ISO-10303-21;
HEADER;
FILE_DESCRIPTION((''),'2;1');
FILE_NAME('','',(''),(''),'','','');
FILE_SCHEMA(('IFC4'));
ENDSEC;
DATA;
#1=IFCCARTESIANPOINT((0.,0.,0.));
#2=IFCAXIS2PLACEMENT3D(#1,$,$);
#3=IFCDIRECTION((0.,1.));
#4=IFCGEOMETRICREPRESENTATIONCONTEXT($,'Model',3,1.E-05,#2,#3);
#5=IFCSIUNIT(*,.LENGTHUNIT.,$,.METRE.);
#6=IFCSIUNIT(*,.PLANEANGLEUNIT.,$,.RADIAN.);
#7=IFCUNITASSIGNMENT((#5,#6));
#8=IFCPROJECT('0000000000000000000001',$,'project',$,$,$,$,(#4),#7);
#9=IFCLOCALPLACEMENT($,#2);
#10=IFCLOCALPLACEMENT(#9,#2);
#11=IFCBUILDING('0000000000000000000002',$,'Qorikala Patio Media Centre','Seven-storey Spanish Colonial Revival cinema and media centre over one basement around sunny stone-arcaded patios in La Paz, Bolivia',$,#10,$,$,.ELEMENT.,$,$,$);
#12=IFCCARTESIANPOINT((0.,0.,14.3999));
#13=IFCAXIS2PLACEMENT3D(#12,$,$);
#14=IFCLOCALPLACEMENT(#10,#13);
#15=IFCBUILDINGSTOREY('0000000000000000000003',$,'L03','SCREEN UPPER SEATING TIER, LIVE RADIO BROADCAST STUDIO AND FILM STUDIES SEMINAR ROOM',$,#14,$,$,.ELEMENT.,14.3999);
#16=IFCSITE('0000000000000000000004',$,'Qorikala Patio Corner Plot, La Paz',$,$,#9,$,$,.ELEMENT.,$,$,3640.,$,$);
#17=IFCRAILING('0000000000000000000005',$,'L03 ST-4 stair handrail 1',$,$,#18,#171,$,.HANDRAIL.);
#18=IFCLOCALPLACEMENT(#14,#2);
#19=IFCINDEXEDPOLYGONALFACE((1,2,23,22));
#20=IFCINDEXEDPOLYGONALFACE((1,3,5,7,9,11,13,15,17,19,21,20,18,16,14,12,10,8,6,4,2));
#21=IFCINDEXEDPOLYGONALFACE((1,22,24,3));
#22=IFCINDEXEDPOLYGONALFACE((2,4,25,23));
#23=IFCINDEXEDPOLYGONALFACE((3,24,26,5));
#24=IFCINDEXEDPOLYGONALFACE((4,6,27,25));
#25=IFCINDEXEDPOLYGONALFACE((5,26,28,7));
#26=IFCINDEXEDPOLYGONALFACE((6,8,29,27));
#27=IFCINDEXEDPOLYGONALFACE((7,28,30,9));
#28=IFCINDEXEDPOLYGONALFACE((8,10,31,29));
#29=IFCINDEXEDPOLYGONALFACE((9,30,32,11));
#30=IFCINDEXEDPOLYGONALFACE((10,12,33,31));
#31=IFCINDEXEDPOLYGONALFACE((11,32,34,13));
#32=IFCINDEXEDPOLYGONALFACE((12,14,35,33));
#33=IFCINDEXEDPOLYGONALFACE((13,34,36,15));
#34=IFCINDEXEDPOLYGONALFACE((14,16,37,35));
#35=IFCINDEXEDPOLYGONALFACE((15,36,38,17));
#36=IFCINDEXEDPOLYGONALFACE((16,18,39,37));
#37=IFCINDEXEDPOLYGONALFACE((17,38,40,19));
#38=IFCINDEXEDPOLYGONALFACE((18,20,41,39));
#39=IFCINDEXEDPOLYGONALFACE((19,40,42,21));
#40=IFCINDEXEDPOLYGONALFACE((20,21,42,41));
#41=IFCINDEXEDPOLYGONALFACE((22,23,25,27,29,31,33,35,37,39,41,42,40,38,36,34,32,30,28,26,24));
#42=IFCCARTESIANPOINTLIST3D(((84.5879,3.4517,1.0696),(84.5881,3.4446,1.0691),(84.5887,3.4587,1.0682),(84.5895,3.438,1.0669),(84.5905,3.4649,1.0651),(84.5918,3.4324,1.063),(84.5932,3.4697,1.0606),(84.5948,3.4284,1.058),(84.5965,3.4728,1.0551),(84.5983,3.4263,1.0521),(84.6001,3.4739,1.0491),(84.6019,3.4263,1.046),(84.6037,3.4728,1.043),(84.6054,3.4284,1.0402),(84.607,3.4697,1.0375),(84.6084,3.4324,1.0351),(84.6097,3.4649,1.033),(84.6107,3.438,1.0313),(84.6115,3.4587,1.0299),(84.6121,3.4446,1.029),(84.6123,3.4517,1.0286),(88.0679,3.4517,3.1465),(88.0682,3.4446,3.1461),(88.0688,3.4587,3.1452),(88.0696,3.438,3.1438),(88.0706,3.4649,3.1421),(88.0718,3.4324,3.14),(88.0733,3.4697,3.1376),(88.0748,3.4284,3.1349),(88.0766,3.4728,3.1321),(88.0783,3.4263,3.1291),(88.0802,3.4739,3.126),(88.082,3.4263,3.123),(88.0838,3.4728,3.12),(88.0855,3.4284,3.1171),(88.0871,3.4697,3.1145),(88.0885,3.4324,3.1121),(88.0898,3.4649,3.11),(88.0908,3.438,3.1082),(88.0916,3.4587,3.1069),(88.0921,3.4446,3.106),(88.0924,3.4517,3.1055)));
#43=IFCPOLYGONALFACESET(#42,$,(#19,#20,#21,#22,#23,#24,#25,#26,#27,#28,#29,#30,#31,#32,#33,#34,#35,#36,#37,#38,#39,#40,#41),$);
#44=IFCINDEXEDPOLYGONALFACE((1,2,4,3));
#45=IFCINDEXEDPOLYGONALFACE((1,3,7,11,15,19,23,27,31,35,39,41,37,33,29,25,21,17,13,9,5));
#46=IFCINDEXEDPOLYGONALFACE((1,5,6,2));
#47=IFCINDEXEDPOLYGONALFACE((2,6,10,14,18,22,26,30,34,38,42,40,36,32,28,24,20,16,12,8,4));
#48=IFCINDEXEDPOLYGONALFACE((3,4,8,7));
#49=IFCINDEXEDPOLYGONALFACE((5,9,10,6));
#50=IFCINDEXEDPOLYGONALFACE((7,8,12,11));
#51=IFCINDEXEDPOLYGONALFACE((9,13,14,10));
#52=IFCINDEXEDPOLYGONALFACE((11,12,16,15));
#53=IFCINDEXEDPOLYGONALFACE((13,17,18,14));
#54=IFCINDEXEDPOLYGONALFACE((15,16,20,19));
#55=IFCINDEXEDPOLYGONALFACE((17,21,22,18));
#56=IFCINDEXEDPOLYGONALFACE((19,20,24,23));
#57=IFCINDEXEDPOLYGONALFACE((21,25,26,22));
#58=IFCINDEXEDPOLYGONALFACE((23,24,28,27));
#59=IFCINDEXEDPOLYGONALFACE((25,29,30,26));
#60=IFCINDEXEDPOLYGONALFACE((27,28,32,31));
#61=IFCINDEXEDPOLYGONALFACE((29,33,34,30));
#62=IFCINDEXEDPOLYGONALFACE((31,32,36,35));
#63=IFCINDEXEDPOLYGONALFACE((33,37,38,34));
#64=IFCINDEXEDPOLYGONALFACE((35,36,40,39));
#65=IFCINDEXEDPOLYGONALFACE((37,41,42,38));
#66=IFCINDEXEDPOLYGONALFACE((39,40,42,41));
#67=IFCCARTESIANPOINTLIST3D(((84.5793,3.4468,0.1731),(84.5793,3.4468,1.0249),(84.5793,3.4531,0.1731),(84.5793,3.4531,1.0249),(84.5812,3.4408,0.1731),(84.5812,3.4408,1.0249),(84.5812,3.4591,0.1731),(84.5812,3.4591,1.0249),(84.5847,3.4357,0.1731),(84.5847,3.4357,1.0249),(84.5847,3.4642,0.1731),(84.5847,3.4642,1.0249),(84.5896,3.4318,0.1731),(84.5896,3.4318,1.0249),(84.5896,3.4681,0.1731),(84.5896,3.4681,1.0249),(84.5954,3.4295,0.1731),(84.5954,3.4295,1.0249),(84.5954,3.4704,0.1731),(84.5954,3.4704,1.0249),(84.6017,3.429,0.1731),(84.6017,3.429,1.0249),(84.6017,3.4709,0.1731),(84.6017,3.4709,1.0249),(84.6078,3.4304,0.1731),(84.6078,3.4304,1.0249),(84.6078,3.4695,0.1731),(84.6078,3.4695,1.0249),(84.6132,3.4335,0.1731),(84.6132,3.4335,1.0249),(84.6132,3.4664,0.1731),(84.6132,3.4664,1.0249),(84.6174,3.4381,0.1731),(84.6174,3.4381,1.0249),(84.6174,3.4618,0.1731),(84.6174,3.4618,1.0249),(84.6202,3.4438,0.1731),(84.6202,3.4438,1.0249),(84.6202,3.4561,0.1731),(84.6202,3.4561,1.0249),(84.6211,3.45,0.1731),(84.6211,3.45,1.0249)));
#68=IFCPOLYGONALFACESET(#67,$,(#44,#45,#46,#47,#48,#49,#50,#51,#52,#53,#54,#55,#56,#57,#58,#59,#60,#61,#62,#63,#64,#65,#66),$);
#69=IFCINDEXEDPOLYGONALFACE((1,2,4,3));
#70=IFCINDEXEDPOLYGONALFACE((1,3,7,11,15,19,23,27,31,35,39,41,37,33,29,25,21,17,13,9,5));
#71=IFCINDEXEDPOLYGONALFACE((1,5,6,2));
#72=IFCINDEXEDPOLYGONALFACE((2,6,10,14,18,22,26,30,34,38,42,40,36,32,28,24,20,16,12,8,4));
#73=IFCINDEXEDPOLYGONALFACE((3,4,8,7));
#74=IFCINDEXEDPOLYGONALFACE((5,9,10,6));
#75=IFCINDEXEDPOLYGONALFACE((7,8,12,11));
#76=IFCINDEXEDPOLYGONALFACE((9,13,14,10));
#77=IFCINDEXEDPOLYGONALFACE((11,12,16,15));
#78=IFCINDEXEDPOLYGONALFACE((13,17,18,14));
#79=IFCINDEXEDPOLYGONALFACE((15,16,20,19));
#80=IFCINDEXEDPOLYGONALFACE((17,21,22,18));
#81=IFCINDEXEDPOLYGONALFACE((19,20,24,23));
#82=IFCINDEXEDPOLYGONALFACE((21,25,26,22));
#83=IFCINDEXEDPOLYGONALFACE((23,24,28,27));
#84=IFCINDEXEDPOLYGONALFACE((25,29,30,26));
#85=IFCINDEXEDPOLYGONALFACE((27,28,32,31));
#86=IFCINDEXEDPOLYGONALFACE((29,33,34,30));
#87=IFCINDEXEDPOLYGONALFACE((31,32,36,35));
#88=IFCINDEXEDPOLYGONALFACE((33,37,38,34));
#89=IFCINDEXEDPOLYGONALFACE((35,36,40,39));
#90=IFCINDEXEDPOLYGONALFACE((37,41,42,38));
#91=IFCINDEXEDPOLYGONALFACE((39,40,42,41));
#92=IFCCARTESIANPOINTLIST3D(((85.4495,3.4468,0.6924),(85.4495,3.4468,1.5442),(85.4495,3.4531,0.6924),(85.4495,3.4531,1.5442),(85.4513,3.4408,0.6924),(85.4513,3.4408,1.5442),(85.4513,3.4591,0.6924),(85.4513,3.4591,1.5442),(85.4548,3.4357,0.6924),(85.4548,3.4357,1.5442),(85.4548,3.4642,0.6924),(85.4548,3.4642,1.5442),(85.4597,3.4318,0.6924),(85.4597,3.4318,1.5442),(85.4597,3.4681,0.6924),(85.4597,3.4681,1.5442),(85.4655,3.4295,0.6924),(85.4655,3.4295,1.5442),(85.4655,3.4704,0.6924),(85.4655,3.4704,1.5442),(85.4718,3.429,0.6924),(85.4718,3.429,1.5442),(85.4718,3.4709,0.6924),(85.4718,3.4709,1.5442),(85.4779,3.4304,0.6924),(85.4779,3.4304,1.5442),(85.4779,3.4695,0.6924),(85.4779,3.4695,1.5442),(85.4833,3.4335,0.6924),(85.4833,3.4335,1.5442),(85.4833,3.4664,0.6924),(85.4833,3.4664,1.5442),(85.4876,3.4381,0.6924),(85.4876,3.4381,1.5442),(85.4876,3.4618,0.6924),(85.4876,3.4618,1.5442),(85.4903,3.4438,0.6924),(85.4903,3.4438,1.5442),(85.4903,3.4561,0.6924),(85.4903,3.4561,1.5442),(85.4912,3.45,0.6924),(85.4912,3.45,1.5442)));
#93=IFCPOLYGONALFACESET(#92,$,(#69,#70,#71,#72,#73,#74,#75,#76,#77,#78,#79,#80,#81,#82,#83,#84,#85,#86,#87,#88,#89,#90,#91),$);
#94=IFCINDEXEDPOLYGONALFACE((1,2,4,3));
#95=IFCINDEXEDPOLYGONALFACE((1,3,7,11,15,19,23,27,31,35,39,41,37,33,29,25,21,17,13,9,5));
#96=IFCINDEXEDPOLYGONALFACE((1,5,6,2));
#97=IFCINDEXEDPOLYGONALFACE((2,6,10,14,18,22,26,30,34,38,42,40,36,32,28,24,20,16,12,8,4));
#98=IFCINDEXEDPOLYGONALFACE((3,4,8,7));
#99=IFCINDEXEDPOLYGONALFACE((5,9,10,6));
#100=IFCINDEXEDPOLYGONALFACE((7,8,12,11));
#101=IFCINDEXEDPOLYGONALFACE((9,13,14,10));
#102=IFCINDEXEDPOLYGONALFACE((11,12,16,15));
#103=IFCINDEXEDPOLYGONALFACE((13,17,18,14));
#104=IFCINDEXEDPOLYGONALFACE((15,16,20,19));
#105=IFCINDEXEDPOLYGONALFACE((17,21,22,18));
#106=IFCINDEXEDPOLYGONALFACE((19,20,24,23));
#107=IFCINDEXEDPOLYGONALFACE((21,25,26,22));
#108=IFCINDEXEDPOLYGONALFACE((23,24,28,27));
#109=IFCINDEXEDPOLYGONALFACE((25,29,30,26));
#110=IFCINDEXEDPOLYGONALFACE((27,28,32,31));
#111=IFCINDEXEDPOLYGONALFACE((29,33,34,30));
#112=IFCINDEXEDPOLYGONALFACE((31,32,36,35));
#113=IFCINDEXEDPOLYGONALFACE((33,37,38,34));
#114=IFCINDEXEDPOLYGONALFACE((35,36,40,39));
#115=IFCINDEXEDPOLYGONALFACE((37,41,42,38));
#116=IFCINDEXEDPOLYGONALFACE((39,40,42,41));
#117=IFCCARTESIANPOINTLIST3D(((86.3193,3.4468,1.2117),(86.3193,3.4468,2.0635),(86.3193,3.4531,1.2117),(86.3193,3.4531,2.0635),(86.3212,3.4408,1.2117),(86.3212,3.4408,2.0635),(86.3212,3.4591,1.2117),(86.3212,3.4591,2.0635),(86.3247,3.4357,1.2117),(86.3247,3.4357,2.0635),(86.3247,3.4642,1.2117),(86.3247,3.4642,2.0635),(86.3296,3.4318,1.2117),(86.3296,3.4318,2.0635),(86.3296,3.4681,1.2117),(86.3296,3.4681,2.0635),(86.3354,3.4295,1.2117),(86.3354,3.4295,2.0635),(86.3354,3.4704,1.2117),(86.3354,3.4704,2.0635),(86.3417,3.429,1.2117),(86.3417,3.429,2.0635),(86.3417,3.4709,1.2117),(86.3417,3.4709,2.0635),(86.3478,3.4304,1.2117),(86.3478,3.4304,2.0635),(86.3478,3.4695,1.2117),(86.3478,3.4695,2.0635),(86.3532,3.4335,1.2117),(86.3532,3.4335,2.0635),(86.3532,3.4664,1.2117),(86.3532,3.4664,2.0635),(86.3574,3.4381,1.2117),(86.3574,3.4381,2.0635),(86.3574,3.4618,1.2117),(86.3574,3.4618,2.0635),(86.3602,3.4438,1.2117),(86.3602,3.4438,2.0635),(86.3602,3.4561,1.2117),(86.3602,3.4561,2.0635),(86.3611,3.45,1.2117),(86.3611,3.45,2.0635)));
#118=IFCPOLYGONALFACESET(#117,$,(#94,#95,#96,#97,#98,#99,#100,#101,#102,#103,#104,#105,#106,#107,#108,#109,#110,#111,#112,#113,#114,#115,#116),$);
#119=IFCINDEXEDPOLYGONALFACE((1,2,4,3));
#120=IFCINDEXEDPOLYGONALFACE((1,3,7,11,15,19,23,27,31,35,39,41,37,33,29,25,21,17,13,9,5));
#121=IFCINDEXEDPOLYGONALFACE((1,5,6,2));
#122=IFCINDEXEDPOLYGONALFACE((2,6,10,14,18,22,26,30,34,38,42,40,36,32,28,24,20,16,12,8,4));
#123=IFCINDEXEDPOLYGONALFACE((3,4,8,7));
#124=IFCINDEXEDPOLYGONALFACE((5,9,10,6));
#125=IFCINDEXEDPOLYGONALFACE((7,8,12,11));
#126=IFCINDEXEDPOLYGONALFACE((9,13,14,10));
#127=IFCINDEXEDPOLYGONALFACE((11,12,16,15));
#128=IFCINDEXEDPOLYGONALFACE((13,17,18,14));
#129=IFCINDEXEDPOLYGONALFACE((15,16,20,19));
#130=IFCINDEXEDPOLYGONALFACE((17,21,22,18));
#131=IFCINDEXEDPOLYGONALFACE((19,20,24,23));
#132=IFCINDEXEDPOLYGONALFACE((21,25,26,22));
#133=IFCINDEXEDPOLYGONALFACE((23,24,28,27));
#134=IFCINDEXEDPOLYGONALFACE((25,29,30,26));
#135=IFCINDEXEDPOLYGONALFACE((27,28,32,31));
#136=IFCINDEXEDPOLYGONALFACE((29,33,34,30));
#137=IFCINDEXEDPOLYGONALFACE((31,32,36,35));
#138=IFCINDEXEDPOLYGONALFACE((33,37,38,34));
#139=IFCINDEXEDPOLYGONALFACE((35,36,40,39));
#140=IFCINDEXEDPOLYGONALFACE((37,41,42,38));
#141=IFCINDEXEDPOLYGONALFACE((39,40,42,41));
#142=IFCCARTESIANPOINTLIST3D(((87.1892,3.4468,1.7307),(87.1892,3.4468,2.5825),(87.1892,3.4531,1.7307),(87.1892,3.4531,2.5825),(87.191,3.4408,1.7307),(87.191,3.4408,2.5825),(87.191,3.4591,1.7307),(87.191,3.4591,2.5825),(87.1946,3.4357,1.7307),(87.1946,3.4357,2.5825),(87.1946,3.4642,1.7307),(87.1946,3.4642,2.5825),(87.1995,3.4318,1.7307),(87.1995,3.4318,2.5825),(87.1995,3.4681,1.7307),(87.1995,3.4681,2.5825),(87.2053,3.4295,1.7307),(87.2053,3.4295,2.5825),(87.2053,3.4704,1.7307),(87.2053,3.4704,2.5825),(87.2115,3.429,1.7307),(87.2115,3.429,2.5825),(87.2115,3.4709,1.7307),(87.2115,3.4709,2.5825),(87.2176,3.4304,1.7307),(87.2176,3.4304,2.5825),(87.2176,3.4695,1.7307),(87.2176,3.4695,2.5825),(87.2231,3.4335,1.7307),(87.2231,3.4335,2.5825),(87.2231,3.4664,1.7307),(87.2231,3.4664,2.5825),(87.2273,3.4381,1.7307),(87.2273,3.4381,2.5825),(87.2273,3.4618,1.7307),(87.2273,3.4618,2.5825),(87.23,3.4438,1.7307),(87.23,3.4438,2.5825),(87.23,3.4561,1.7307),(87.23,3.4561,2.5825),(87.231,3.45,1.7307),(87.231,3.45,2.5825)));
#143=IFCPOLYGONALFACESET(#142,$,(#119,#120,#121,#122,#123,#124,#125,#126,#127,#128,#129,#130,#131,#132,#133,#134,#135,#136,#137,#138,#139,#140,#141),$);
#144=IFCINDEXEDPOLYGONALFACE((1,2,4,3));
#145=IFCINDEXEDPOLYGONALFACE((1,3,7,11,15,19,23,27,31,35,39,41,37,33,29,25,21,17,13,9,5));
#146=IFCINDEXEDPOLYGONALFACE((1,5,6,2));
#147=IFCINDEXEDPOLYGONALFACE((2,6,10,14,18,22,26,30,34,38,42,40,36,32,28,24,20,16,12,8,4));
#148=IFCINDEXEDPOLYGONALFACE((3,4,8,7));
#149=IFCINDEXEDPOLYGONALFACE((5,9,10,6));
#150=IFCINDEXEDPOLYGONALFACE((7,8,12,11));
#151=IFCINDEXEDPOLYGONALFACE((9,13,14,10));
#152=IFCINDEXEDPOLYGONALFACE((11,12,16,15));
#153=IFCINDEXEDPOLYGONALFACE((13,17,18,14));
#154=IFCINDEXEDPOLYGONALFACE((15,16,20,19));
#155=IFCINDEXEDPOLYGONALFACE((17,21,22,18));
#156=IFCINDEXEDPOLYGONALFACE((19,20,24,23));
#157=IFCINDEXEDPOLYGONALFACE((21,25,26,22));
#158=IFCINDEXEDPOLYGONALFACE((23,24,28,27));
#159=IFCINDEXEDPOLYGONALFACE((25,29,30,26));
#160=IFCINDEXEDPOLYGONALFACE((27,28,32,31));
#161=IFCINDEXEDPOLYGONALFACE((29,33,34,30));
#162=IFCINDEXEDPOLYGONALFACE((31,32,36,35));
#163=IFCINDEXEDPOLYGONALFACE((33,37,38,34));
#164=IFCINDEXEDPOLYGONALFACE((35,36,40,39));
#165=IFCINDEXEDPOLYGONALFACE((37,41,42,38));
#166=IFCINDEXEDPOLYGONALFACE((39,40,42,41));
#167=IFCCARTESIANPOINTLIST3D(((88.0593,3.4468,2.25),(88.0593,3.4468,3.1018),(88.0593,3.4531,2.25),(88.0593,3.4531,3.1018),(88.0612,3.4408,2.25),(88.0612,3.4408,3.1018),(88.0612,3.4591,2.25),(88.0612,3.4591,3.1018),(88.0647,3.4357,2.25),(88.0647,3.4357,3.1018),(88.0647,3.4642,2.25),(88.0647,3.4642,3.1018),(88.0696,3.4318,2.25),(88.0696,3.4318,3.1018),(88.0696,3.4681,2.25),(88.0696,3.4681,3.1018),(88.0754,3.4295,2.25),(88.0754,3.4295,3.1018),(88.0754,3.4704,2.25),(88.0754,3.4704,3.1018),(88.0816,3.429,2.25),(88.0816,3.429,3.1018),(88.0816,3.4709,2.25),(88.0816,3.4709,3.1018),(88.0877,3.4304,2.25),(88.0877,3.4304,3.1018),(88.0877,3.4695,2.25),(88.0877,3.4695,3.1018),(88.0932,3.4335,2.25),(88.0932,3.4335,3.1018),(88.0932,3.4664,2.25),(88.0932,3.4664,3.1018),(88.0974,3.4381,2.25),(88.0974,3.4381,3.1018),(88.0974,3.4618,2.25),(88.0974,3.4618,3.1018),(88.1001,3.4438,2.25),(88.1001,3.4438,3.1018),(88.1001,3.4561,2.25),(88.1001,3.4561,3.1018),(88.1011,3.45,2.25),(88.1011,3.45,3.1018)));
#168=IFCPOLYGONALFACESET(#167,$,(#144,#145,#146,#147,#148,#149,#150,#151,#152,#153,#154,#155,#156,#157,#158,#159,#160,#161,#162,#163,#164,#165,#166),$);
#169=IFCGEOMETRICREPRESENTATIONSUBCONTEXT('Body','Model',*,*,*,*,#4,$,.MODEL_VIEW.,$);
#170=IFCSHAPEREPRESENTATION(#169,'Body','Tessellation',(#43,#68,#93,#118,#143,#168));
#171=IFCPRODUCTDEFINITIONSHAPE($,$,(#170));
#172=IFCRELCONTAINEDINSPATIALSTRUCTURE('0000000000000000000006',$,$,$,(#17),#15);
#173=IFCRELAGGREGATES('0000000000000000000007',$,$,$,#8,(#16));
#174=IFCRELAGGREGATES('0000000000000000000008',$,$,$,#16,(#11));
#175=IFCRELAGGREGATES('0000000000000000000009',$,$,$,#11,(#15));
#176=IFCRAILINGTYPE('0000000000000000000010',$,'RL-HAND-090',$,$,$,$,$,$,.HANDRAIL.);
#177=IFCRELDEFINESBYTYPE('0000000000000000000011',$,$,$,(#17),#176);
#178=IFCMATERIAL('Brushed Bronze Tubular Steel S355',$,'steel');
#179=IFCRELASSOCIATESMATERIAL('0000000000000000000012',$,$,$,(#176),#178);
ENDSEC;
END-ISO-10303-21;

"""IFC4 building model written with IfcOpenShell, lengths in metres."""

from ifc_helpers import new_model, si_unit, direction, frame, origin, origin_2d, place, context, subcontext, project, spatial, circle, extrude, material, type_object, element, save


model = new_model("IFC4")

# Units and contexts
model_context = context("Model", 3, precision=1e-05, world=origin(), true_north=direction((0.0, 1.0)))
body_context = subcontext(model_context, "Body", "Model", "MODEL_VIEW")
ifc_project = project(units=[si_unit("LENGTHUNIT", "METRE"), si_unit("PLANEANGLEUNIT", "RADIAN")], contexts=[model_context])

# Site, building, storey
site_placement = place(None, origin())
site = spatial("IfcSite", under=ifc_project, at=site_placement, Name="Qorikala Patio Corner Plot, La Paz", CompositionType="ELEMENT", RefElevation=3640.0)
building_placement = place(site_placement, origin())
building = spatial("IfcBuilding", under=site, at=building_placement, Name="Qorikala Patio Media Centre", Description="Seven-storey Spanish Colonial Revival cinema and media centre over one basement around sunny stone-arcaded patios in La Paz, Bolivia", CompositionType="ELEMENT")
storey_placement = place(building_placement, frame((0.0, 0.0, 14.3999)))
storey = spatial("IfcBuildingStorey", under=building, at=storey_placement, Name="L03", Description="SCREEN UPPER SEATING TIER, LIVE RADIO BROADCAST STUDIO AND FILM STUDIES SEMINAR ROOM", CompositionType="ELEMENT", Elevation=14.3999)

# Railing
ifc_material_1 = material(Name="Brushed Bronze Tubular Steel S355", Category="steel")
railing_type_1 = type_object("IfcRailingType", Name="RL-HAND-090", PredefinedType="HANDRAIL", material=ifc_material_1)
railing_1_placement = place(storey_placement, frame((84.6001, 3.45, 0.1731)))
element("IfcRailing", 1, at=railing_1_placement, inside=storey, type_object=railing_type_1, Name="L03 ST-4 stair handrail 1", PredefinedType="HANDRAIL", context=body_context, shape_type="SweptSolid", body=[
    extrude(circle(Radius=0.0239, at=origin_2d()), frame((0.0, 0.0, 0.876), z_axis=(0.858697, 0.0, 0.512483), x_axis=(0.0, 1.0, 0.0)), (0.0, 0.0, 1.0), 4.0527),
    extrude(circle(Radius=0.021, at=origin_2d()), origin(), (0.0, 0.0, 1.0), 0.8518),
    extrude(circle(Radius=0.021, at=origin_2d()), frame((0.8701, 0.0, 0.5193)), (0.0, 0.0, 1.0), 0.8518),
    extrude(circle(Radius=0.021, at=origin_2d()), frame((1.74, 0.0, 1.0386)), (0.0, 0.0, 1.0), 0.8518),
    extrude(circle(Radius=0.021, at=origin_2d()), frame((2.6099, 0.0, 1.5576)), (0.0, 0.0, 1.0), 0.8518),
    extrude(circle(Radius=0.021, at=origin_2d()), frame((3.48, 0.0, 2.0769)), (0.0, 0.0, 1.0), 0.8518),
])

save(model, "model.ifc")
